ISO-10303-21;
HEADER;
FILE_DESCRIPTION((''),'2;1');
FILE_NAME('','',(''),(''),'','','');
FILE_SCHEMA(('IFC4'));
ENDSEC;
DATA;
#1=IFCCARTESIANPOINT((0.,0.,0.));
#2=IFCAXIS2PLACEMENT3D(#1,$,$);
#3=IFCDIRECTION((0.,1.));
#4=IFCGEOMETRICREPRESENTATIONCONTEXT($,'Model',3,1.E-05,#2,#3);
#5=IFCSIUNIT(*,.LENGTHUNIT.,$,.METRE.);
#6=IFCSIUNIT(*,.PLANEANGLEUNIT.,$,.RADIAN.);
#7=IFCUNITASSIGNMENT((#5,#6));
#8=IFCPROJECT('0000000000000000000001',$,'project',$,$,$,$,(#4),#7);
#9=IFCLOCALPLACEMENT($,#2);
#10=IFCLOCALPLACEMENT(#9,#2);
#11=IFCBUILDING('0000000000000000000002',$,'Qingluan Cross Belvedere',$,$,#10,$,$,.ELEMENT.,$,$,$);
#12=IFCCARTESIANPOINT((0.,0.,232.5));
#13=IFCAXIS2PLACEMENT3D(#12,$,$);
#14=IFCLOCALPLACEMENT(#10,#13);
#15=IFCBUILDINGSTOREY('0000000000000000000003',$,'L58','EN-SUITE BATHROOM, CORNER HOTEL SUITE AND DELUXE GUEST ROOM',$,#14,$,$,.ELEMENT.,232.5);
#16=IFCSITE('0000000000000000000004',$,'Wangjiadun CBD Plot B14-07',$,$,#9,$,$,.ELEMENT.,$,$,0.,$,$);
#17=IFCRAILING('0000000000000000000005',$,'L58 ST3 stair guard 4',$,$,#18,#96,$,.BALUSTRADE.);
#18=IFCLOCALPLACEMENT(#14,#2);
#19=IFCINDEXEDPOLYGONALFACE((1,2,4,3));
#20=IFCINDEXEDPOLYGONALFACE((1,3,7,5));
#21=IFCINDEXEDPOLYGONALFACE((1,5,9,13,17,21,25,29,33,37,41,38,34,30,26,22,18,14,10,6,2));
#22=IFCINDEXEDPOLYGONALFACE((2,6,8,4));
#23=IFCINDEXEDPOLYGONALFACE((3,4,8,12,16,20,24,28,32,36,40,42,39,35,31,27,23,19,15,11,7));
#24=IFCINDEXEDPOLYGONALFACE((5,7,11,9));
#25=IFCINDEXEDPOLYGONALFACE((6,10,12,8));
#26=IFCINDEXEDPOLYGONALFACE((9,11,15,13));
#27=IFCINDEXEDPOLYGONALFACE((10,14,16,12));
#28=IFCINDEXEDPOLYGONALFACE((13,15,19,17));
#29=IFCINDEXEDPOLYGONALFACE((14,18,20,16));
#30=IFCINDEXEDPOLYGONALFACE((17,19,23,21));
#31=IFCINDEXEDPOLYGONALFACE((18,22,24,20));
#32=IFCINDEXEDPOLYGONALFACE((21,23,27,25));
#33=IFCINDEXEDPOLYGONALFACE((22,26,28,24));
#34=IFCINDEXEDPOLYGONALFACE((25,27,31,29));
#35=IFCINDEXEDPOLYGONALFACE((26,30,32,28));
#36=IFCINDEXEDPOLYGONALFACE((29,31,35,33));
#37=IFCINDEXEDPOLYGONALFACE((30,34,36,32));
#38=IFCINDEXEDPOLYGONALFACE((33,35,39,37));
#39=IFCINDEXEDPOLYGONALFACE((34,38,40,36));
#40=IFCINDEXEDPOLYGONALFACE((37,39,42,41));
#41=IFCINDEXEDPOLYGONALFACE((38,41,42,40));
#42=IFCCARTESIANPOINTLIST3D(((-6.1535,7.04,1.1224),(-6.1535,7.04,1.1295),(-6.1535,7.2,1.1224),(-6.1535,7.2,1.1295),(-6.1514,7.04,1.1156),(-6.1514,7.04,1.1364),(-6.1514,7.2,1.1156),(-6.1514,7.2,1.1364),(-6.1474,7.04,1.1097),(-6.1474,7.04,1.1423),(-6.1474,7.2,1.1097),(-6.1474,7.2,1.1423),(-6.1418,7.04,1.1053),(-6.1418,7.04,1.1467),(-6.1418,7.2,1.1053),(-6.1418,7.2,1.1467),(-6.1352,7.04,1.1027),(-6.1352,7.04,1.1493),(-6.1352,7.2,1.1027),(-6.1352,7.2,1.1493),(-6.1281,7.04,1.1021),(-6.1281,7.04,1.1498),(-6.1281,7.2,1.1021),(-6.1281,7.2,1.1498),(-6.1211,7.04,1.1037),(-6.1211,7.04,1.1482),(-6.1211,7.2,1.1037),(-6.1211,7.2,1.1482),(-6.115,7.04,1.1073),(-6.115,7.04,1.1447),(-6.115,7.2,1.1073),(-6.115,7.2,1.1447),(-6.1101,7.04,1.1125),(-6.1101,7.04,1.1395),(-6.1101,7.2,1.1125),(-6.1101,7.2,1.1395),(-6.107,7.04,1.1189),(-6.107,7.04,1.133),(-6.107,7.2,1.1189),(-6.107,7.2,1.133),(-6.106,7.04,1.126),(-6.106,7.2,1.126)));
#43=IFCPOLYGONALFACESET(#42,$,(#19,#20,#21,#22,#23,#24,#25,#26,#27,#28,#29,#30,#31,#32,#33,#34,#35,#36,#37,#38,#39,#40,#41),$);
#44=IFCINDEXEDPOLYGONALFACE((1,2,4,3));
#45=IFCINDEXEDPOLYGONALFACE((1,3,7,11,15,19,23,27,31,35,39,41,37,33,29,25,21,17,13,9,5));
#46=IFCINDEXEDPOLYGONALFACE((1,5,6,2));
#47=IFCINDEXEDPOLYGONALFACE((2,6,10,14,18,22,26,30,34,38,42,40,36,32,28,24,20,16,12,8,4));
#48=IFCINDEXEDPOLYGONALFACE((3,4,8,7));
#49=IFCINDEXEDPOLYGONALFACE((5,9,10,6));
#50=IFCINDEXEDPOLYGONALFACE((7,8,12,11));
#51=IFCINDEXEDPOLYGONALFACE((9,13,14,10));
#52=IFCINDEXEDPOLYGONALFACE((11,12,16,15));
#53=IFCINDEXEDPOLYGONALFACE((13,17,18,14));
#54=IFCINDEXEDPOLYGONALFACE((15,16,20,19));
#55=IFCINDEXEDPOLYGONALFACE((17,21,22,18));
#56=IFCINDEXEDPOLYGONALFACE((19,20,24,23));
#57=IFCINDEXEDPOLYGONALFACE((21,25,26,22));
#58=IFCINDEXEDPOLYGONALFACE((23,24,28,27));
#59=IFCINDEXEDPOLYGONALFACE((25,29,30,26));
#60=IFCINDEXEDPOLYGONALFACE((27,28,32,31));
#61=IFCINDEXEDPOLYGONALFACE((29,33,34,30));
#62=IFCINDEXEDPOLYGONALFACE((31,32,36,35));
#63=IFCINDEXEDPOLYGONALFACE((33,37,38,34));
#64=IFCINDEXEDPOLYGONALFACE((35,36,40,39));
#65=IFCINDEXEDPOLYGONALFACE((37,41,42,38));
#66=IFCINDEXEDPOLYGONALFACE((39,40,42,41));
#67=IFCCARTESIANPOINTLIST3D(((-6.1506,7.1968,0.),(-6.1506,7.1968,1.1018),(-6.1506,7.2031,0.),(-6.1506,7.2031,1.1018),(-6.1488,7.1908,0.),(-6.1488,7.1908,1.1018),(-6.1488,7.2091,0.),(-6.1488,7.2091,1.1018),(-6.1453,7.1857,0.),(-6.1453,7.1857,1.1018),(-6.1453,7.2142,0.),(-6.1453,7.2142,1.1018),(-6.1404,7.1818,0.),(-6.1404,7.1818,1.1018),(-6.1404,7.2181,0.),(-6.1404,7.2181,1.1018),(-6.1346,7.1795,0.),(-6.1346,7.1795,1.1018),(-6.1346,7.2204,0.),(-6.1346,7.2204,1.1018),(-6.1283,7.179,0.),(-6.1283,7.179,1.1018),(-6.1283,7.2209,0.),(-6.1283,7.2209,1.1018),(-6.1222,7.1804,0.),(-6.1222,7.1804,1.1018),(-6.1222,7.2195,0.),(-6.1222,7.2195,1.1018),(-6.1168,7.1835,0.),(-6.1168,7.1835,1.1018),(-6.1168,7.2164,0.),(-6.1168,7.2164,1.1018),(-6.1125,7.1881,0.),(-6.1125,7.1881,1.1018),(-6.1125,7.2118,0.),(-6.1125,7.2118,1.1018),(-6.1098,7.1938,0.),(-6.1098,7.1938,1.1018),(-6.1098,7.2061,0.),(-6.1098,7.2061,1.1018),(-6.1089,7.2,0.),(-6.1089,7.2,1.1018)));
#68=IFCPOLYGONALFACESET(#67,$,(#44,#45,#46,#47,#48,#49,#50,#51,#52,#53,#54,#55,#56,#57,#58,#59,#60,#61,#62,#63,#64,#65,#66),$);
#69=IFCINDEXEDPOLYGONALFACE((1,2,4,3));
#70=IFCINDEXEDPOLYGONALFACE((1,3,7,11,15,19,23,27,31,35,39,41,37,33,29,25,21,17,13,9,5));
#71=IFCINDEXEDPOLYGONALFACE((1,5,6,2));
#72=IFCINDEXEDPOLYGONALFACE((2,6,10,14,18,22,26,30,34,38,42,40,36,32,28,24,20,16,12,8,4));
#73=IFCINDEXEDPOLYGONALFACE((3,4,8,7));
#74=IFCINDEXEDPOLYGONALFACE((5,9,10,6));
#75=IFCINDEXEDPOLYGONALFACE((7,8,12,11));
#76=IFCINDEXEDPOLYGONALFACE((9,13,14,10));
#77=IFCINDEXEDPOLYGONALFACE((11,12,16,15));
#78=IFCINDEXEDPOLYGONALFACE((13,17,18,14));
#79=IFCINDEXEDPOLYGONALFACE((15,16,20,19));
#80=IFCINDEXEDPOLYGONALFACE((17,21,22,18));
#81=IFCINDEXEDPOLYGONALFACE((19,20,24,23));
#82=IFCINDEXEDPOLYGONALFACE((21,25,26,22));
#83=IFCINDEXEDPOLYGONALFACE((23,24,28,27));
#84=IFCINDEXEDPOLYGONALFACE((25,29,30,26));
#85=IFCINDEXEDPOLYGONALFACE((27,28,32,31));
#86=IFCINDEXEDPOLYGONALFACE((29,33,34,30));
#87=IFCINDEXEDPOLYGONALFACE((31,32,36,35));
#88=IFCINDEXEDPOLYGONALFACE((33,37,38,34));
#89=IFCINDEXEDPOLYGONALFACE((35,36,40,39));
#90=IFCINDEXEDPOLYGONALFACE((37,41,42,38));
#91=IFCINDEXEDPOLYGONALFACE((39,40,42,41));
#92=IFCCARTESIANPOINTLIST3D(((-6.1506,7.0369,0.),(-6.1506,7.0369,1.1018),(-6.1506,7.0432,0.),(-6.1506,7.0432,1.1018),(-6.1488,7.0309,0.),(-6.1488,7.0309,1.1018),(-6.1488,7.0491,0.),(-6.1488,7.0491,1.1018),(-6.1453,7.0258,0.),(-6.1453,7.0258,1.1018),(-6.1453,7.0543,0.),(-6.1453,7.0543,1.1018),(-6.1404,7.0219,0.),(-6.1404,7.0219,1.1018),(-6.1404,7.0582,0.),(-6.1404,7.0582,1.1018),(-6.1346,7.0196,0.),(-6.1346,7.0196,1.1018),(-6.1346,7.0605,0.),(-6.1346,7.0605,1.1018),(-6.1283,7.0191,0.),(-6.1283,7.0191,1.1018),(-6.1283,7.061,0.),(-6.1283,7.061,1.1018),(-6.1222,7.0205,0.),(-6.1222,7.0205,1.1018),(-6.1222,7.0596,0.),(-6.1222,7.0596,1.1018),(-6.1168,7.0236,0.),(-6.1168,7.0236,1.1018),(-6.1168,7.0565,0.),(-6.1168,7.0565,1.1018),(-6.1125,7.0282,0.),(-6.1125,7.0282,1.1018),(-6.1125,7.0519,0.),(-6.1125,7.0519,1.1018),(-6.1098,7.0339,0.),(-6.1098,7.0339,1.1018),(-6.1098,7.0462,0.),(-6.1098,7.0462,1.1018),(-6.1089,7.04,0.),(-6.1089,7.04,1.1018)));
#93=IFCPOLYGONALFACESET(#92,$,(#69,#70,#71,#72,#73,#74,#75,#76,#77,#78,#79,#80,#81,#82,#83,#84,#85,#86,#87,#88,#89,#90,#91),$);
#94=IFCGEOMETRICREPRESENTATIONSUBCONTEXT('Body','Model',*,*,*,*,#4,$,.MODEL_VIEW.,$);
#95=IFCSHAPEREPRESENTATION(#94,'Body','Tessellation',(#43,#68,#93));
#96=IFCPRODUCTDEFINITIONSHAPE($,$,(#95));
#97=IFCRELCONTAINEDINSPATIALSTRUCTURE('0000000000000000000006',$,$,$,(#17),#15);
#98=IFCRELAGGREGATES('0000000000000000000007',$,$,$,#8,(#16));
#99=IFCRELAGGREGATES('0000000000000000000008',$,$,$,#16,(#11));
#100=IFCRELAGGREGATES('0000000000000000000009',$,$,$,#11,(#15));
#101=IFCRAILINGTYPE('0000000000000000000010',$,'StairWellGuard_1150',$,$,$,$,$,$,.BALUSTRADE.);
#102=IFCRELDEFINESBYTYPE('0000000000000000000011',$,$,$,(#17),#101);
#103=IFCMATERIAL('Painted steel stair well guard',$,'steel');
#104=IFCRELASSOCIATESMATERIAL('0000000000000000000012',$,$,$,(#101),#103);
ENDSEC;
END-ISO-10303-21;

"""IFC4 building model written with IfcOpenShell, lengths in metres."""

from ifc_helpers import new_model, si_unit, direction, frame, origin, origin_2d, place, context, subcontext, project, spatial, circle, extrude, material, type_object, element, save


model = new_model("IFC4")

# Units and contexts
model_context = context("Model", 3, precision=1e-05, world=origin(), true_north=direction((0.0, 1.0)))
body_context = subcontext(model_context, "Body", "Model", "MODEL_VIEW")
ifc_project = project(units=[si_unit("LENGTHUNIT", "METRE"), si_unit("PLANEANGLEUNIT", "RADIAN")], contexts=[model_context])

# Site, building, storey
site_placement = place(None, origin())
site = spatial("IfcSite", under=ifc_project, at=site_placement, Name="Wangjiadun CBD Plot B14-07", CompositionType="ELEMENT", RefElevation=0.0)
building_placement = place(site_placement, origin())
building = spatial("IfcBuilding", under=site, at=building_placement, Name="Qingluan Cross Belvedere", CompositionType="ELEMENT")
storey_placement = place(building_placement, frame((0.0, 0.0, 232.5)))
storey = spatial("IfcBuildingStorey", under=building, at=storey_placement, Name="L58", Description="EN-SUITE BATHROOM, CORNER HOTEL SUITE AND DELUXE GUEST ROOM", CompositionType="ELEMENT", Elevation=232.5)

# Railing
ifc_material_1 = material(Name="Painted steel stair well guard", Category="steel")
railing_type_1 = type_object("IfcRailingType", Name="StairWellGuard_1150", PredefinedType="BALUSTRADE", material=ifc_material_1)
railing_1_placement = place(storey_placement, frame((-6.1299, 7.2, 0.0)))
element("IfcRailing", 1, at=railing_1_placement, inside=storey, type_object=railing_type_1, Name="L58 ST3 stair guard 4", PredefinedType="BALUSTRADE", context=body_context, shape_type="SweptSolid", body=[
    extrude(circle(Radius=0.0239, at=origin_2d()), frame((0.0, 0.0, 1.126), z_axis=(0.0, -1.0, 0.0), x_axis=(1.0, 0.0, 0.0)), (0.0, 0.0, 1.0), 0.1599),
    extrude(circle(Radius=0.021, at=origin_2d()), origin(), (0.0, 0.0, 1.0), 1.1018),
    extrude(circle(Radius=0.021, at=origin_2d()), frame((0.0, -0.1599, 0.0)), (0.0, 0.0, 1.0), 1.1018),
])

save(model, "model.ifc")
